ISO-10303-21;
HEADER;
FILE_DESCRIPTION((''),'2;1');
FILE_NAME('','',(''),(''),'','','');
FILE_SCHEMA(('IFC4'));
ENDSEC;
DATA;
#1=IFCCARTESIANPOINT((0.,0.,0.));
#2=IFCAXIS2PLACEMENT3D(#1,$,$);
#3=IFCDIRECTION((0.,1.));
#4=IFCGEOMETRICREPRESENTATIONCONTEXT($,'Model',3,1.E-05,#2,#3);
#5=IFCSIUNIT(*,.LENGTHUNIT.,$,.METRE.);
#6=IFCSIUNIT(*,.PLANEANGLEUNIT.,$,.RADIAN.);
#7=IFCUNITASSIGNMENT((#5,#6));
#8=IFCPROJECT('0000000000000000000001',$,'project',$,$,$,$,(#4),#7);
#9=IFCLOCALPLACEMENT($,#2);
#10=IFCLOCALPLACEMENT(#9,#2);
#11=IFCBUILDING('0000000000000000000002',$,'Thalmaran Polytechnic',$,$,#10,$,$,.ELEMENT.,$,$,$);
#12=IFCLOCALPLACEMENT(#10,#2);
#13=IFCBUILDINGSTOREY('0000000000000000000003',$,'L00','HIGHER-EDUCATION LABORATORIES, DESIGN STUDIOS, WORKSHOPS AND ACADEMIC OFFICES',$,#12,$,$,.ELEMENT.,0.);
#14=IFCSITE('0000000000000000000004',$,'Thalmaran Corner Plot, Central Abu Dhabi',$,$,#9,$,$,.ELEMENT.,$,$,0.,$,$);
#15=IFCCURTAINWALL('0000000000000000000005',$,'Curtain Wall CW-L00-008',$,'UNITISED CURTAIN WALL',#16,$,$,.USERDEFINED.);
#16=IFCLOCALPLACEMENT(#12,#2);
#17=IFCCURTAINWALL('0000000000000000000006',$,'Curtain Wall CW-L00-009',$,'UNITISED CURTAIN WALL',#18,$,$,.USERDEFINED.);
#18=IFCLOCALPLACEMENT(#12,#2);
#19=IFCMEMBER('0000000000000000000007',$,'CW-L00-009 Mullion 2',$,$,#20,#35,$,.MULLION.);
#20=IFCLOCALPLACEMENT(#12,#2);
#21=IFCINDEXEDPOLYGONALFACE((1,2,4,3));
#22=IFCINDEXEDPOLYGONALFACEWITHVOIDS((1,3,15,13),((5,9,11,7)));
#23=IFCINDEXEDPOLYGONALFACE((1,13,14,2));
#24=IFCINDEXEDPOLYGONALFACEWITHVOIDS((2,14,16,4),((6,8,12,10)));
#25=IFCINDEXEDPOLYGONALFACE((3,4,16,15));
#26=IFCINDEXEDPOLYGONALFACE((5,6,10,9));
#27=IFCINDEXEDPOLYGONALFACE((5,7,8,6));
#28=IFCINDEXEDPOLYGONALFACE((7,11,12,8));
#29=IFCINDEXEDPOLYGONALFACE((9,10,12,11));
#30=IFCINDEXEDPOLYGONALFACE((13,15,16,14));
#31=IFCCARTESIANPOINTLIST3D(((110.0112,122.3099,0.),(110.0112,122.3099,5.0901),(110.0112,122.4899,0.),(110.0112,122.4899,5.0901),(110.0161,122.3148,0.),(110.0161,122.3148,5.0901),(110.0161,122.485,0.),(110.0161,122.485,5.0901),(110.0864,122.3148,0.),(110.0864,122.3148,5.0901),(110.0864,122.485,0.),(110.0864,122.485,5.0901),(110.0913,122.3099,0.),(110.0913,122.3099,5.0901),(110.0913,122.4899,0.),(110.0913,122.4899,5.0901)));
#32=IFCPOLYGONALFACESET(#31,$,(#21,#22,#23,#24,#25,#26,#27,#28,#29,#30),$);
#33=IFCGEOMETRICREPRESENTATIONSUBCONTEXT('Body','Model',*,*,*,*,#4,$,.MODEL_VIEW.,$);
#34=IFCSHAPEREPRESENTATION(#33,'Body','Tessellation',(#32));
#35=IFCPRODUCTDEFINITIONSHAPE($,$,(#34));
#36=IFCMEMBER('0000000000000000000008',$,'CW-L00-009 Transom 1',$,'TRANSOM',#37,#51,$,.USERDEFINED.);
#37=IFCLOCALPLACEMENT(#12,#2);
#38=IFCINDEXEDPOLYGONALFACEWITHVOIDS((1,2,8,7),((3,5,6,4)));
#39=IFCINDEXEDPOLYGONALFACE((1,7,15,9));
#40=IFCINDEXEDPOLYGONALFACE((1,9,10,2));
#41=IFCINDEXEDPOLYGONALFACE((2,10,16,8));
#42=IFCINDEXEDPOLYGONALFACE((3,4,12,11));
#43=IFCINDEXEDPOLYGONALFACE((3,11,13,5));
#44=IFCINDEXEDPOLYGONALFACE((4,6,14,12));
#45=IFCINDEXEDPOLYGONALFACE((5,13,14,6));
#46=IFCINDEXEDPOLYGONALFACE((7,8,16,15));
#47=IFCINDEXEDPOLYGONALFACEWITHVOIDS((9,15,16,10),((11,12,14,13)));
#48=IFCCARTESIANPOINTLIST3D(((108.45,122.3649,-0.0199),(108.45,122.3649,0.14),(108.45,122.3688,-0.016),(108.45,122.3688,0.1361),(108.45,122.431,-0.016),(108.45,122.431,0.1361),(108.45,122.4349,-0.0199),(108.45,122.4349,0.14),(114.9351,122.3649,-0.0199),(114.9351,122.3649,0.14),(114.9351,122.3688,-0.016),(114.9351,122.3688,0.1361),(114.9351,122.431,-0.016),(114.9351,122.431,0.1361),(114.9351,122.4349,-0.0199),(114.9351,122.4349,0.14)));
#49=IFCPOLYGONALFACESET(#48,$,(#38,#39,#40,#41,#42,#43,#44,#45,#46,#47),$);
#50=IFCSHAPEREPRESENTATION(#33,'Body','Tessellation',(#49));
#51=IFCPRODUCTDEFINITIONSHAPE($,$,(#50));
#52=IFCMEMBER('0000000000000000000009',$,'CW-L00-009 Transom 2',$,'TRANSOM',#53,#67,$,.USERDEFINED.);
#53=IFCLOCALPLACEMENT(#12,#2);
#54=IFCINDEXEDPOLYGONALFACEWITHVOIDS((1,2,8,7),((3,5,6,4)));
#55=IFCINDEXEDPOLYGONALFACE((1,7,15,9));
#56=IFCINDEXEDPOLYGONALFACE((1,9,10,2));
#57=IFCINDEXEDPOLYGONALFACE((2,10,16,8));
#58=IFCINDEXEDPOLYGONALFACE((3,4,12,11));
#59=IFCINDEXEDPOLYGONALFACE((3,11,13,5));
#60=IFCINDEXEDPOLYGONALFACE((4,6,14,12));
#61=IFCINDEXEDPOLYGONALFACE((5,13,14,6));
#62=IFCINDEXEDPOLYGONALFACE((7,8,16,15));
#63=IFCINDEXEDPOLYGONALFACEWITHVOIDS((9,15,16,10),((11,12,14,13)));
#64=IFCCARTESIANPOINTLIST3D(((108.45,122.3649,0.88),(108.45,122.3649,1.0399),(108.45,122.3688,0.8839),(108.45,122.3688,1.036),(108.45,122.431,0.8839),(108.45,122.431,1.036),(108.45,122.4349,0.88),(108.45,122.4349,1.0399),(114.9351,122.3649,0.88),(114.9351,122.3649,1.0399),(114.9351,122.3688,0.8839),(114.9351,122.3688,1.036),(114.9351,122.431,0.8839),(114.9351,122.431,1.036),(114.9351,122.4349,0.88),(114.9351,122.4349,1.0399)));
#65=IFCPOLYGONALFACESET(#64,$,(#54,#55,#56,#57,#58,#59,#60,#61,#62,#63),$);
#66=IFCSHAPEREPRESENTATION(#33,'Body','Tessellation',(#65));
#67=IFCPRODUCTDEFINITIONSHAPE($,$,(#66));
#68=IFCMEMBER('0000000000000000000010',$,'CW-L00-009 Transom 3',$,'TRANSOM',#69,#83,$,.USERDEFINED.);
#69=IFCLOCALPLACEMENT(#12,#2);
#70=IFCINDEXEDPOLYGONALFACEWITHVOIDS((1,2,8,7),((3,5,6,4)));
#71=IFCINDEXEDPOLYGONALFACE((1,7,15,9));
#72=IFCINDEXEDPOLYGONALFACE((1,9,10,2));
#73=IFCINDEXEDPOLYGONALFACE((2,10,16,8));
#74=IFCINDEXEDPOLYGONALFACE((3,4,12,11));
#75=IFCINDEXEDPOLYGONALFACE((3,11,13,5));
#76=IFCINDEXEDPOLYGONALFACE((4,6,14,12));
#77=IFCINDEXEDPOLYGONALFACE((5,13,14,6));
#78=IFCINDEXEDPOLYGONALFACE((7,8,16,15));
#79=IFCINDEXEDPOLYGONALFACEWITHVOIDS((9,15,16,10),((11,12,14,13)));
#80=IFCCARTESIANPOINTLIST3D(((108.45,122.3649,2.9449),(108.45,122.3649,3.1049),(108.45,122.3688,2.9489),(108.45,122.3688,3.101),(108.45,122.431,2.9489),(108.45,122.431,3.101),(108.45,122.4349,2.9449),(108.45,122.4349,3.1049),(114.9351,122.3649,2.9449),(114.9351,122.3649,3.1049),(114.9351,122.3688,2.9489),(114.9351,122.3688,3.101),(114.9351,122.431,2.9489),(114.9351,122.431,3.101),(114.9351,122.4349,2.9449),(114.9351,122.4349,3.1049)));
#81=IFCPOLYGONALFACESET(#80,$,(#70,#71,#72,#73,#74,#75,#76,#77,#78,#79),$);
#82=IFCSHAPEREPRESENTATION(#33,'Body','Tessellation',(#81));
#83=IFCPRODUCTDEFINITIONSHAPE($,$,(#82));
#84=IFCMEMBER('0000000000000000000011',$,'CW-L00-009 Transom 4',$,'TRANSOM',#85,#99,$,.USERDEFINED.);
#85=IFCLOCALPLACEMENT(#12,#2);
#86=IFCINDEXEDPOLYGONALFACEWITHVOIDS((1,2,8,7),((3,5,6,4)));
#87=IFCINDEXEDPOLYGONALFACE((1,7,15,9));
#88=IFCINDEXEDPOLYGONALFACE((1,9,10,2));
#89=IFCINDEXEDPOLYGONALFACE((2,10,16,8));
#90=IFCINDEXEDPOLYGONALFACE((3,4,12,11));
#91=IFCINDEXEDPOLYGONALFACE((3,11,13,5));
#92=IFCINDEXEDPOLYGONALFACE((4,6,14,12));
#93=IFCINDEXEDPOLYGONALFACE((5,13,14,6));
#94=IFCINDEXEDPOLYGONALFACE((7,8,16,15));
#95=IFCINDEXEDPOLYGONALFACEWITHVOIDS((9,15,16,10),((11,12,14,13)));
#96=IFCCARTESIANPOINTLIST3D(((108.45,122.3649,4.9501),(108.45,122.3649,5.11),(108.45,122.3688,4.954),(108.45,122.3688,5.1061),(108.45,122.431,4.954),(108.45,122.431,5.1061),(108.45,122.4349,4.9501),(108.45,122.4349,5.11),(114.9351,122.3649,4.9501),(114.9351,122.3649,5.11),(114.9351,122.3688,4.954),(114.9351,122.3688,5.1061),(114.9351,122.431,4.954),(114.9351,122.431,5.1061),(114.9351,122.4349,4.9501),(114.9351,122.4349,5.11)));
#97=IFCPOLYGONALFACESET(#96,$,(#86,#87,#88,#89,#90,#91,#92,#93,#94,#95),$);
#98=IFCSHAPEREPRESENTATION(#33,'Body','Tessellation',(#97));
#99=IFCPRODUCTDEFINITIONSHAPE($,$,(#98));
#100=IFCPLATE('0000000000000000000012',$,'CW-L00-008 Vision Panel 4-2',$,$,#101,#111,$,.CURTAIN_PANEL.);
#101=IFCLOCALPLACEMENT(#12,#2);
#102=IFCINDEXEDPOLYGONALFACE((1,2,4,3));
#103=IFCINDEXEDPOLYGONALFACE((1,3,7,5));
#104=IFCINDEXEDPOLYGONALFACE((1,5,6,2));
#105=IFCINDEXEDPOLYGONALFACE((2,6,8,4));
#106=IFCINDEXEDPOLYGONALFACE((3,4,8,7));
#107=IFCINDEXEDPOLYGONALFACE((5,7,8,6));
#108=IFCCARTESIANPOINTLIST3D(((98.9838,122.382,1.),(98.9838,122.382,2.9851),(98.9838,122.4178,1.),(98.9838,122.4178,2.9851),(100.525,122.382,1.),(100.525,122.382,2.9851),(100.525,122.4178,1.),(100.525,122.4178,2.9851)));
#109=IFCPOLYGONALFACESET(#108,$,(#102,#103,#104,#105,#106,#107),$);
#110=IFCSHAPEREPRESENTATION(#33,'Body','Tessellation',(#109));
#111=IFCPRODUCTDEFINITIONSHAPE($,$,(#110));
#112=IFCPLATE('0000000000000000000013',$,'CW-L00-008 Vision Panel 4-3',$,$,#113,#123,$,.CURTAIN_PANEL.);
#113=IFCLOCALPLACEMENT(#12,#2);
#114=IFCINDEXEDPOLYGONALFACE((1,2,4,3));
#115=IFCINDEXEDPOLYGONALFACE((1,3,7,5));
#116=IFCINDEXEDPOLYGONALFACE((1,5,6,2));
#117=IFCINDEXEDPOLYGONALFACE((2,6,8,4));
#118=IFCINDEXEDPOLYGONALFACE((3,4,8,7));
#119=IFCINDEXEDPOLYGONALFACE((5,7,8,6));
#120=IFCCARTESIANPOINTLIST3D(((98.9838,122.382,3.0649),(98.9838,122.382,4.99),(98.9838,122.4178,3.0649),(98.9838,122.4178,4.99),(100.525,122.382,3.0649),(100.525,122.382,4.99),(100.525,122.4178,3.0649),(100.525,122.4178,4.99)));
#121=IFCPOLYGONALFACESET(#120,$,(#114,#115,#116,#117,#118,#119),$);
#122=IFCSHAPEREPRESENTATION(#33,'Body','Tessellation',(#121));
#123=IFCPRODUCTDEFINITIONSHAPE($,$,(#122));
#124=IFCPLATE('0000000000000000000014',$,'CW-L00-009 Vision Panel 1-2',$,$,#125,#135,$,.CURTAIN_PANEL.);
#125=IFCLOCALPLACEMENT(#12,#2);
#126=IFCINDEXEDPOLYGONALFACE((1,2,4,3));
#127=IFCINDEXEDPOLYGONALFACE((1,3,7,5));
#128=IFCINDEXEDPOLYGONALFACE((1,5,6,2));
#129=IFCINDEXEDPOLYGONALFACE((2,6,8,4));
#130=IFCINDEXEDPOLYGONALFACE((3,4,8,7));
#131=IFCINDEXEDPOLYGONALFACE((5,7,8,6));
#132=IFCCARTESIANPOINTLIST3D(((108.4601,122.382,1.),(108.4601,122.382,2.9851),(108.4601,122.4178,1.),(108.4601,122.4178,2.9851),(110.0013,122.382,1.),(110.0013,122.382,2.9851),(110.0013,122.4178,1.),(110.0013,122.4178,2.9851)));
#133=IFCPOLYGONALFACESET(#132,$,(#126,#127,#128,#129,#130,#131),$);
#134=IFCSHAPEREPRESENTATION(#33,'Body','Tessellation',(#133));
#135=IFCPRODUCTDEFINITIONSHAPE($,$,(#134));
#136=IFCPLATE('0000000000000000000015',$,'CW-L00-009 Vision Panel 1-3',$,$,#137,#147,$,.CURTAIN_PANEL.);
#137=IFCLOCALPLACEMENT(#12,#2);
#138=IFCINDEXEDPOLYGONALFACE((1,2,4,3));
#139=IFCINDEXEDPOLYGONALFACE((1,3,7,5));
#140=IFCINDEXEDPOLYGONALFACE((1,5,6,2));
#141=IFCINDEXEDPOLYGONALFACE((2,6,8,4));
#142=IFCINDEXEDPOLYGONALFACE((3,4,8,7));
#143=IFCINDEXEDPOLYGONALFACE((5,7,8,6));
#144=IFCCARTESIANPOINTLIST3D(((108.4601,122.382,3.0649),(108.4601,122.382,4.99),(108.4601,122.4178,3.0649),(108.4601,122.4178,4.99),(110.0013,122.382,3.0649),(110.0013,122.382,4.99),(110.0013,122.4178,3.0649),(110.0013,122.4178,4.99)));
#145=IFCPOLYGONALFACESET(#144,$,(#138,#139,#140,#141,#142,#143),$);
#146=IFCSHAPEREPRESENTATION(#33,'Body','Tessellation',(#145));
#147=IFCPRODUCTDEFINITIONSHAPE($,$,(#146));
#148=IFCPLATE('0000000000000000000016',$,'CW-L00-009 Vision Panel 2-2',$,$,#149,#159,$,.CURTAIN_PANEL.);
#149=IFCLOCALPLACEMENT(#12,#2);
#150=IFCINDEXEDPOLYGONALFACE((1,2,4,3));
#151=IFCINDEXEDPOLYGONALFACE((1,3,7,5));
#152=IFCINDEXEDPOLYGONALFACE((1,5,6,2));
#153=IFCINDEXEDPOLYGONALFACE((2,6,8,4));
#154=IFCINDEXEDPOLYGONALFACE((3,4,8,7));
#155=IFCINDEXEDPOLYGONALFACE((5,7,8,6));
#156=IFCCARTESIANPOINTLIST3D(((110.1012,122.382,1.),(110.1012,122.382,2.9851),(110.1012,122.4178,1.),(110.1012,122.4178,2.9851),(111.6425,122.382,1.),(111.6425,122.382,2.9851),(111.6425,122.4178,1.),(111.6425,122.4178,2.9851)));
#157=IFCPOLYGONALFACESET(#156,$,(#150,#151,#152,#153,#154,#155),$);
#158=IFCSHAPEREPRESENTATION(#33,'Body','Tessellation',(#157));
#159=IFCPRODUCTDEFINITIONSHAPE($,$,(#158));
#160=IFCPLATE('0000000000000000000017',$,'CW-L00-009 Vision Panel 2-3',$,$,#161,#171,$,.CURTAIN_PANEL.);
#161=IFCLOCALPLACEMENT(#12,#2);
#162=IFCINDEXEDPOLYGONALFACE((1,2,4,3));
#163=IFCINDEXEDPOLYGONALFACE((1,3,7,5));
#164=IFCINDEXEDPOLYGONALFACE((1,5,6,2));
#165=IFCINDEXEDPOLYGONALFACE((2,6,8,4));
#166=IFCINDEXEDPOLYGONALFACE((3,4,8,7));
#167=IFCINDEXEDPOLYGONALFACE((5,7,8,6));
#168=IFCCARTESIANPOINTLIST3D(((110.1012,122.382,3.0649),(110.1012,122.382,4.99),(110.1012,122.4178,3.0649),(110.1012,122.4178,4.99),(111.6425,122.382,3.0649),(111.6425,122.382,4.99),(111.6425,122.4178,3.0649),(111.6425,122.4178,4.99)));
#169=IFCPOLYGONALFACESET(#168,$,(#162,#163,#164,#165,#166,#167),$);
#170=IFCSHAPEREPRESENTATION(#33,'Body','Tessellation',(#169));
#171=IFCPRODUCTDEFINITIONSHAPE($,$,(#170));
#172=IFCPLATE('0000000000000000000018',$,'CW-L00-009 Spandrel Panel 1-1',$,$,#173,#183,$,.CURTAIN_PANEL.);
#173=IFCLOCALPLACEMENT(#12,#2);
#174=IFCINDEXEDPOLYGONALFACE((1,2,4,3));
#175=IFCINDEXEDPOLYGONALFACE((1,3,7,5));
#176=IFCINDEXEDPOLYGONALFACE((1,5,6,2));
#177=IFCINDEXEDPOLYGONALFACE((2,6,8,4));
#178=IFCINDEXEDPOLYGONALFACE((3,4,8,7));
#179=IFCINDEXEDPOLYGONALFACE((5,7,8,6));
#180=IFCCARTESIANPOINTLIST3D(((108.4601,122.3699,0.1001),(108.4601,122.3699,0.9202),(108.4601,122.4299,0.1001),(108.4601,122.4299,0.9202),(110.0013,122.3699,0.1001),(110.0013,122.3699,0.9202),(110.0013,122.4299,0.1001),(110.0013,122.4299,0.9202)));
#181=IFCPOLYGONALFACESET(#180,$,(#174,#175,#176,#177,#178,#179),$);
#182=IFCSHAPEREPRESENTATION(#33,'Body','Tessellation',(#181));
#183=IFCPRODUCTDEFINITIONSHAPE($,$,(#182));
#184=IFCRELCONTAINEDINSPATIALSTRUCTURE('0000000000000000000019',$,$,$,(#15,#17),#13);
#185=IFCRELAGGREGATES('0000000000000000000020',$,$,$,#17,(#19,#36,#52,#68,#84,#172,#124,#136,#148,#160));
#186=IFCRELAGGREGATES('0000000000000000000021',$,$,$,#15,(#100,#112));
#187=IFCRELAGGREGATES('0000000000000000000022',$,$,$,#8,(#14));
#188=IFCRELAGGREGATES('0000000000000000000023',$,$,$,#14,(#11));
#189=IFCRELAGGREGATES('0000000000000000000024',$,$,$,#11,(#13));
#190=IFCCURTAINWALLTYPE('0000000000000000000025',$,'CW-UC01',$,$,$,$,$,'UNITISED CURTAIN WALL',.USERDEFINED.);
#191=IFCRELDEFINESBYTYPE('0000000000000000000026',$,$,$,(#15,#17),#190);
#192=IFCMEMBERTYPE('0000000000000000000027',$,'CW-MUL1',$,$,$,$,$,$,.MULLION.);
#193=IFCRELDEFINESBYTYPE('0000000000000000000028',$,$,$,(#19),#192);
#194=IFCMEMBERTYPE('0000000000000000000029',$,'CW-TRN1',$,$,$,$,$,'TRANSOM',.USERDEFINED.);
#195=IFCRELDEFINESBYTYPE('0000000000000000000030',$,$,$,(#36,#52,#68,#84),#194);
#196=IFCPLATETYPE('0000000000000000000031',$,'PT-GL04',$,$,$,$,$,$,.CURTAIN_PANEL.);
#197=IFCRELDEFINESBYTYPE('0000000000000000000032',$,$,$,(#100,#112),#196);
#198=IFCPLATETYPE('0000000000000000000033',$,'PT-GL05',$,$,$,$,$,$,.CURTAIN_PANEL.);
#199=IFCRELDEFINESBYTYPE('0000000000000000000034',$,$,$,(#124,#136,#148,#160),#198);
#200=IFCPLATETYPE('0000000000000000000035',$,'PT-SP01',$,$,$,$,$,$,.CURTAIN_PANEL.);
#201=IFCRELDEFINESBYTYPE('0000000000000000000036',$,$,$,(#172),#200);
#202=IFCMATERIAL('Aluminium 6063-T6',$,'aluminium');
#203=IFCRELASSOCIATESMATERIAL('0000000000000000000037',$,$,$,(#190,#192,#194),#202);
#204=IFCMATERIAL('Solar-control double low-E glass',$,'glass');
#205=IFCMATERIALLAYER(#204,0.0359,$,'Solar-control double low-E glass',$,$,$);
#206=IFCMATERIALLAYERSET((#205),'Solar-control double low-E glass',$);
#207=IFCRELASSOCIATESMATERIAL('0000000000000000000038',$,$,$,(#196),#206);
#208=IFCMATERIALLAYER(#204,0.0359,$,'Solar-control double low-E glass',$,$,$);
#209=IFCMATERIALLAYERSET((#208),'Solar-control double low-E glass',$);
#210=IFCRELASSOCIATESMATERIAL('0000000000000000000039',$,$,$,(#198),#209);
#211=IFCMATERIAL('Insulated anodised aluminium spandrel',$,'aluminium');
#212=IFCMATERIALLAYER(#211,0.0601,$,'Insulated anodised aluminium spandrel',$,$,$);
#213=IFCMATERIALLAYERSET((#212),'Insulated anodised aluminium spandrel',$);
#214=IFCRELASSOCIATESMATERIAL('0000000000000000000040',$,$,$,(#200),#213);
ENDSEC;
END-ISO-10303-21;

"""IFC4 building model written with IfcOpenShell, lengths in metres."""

from ifc_helpers import new_model, si_unit, direction, frame, origin, origin_2d, place, context, subcontext, project, spatial, rectangle, hollow_rectangle, extrude, material, layer, layer_set, material_profile, profile_set, type_object, element, aggregate, save


model = new_model("IFC4")

# Units and contexts
model_context = context("Model", 3, precision=1e-05, world=origin(), true_north=direction((0.0, 1.0)))
body_context = subcontext(model_context, "Body", "Model", "MODEL_VIEW")
ifc_project = project(units=[si_unit("LENGTHUNIT", "METRE"), si_unit("PLANEANGLEUNIT", "RADIAN")], contexts=[model_context])

# Site, building, storey
site_placement = place(None, origin())
site = spatial("IfcSite", under=ifc_project, at=site_placement, Name="Thalmaran Corner Plot, Central Abu Dhabi", CompositionType="ELEMENT", RefElevation=0.0)
building_placement = place(site_placement, origin())
building = spatial("IfcBuilding", under=site, at=building_placement, Name="Thalmaran Polytechnic", CompositionType="ELEMENT")
storey_placement = place(building_placement, origin())
storey = spatial("IfcBuildingStorey", under=building, at=storey_placement, Name="L00", Description="HIGHER-EDUCATION LABORATORIES, DESIGN STUDIOS, WORKSHOPS AND ACADEMIC OFFICES", CompositionType="ELEMENT", Elevation=0.0)

# Curtain wall
ifc_material_1 = material(Name="Aluminium 6063-T6", Category="aluminium")
curtain_wall_type = type_object("IfcCurtainWallType", Name="CW-UC01", ElementType="UNITISED CURTAIN WALL", PredefinedType="USERDEFINED", material=ifc_material_1)
curtain_wall_1_placement = place(storey_placement, origin())
curtain_wall_1 = element("IfcCurtainWall", 1, at=curtain_wall_1_placement, inside=storey, type_object=curtain_wall_type, Name="Curtain Wall CW-L00-008", ObjectType="UNITISED CURTAIN WALL", PredefinedType="USERDEFINED")
ifc_material_profile_1 = material_profile(ifc_material_1, hollow_rectangle(XDim=0.0801, YDim=0.1799, WallThickness=0.0049, at=origin_2d()), Name="RHS 180x80x5.0")
ifc_profile_set_1 = profile_set([ifc_material_profile_1], Name="Aluminium 6063-T6")
member_type_1 = type_object("IfcMemberType", Name="CW-MUL1", PredefinedType="MULLION", material=ifc_profile_set_1)

# Curtain wall, members
curtain_wall_2_placement = place(storey_placement, origin())
curtain_wall_2 = element("IfcCurtainWall", 2, at=curtain_wall_2_placement, inside=storey, type_object=curtain_wall_type, Name="Curtain Wall CW-L00-009", ObjectType="UNITISED CURTAIN WALL", PredefinedType="USERDEFINED")
member_1_placement = place(storey_placement, frame((110.0513, 122.3999, 0.0), z_axis=(0.0, 0.0, 1.0), x_axis=(1.0, 0.0, 0.0)))
member_1 = element("IfcMember", 3, at=member_1_placement, type_object=member_type_1, Name="CW-L00-009 Mullion 2", PredefinedType="MULLION", context=body_context, shape_type="SweptSolid", body=[
    extrude(hollow_rectangle(XDim=0.0801, YDim=0.1799, WallThickness=0.0049, at=origin_2d()), origin(), (0.0, 0.0, 1.0), 5.0901),
])
ifc_material_profile_2 = material_profile(ifc_material_1, hollow_rectangle(XDim=0.0701, YDim=0.1599, WallThickness=0.0039, at=origin_2d()), Name="AL 160x70x4.0")
ifc_profile_set_2 = profile_set([ifc_material_profile_2], Name="Aluminium 6063-T6")
member_type_2 = type_object("IfcMemberType", Name="CW-TRN1", ElementType="TRANSOM", PredefinedType="USERDEFINED", material=ifc_profile_set_2)
member_2_placement = place(storey_placement, frame((108.45, 122.3999, 0.0601), z_axis=(1.0, 0.0, 0.0), x_axis=(0.0, 1.0, 0.0)))
member_2 = element("IfcMember", 4, at=member_2_placement, type_object=member_type_2, Name="CW-L00-009 Transom 1", ObjectType="TRANSOM", PredefinedType="USERDEFINED", context=body_context, shape_type="SweptSolid", body=[
    extrude(hollow_rectangle(XDim=0.0701, YDim=0.1599, WallThickness=0.0039, at=origin_2d()), origin(), (0.0, 0.0, 1.0), 6.4851),
])
member_3_placement = place(storey_placement, frame((108.45, 122.3999, 0.96), z_axis=(1.0, 0.0, 0.0), x_axis=(0.0, 1.0, 0.0)))
member_3 = element("IfcMember", 5, at=member_3_placement, type_object=member_type_2, Name="CW-L00-009 Transom 2", ObjectType="TRANSOM", PredefinedType="USERDEFINED", context=body_context, shape_type="SweptSolid", body=[
    extrude(hollow_rectangle(XDim=0.0701, YDim=0.1599, WallThickness=0.0039, at=origin_2d()), origin(), (0.0, 0.0, 1.0), 6.4851),
])
member_4_placement = place(storey_placement, frame((108.45, 122.3999, 3.0249), z_axis=(1.0, 0.0, 0.0), x_axis=(0.0, 1.0, 0.0)))
member_4 = element("IfcMember", 6, at=member_4_placement, type_object=member_type_2, Name="CW-L00-009 Transom 3", ObjectType="TRANSOM", PredefinedType="USERDEFINED", context=body_context, shape_type="SweptSolid", body=[
    extrude(hollow_rectangle(XDim=0.0701, YDim=0.1599, WallThickness=0.0039, at=origin_2d()), origin(), (0.0, 0.0, 1.0), 6.4851),
])
member_5_placement = place(storey_placement, frame((108.45, 122.3999, 5.03), z_axis=(1.0, 0.0, 0.0), x_axis=(0.0, 1.0, 0.0)))
member_5 = element("IfcMember", 7, at=member_5_placement, type_object=member_type_2, Name="CW-L00-009 Transom 4", ObjectType="TRANSOM", PredefinedType="USERDEFINED", context=body_context, shape_type="SweptSolid", body=[
    extrude(hollow_rectangle(XDim=0.0701, YDim=0.1599, WallThickness=0.0039, at=origin_2d()), origin(), (0.0, 0.0, 1.0), 6.4851),
])

# Plates
ifc_material_2 = material(Name="Solar-control double low-E glass", Category="glass")
ifc_layer_1 = layer(ifc_material_2, 0.0359, Name="Solar-control double low-E glass")
ifc_layer_set_1 = layer_set([ifc_layer_1], Name="Solar-control double low-E glass")
plate_type_1 = type_object("IfcPlateType", Name="PT-GL04", PredefinedType="CURTAIN_PANEL", material=ifc_layer_set_1)
plate_1_placement = place(storey_placement, frame((99.7544, 122.3999, 1.0), z_axis=(0.0, 0.0, 1.0), x_axis=(1.0, 0.0, 0.0)))
plate_1 = element("IfcPlate", 8, at=plate_1_placement, type_object=plate_type_1, Name="CW-L00-008 Vision Panel 4-2", PredefinedType="CURTAIN_PANEL", context=body_context, shape_type="SweptSolid", body=[
    extrude(rectangle(XDim=1.5413, YDim=0.0359, at=origin_2d()), origin(), (0.0, 0.0, 1.0), 1.9851),
])
plate_2_placement = place(storey_placement, frame((99.7544, 122.3999, 3.0649), z_axis=(0.0, 0.0, 1.0), x_axis=(1.0, 0.0, 0.0)))
plate_2 = element("IfcPlate", 9, at=plate_2_placement, type_object=plate_type_1, Name="CW-L00-008 Vision Panel 4-3", PredefinedType="CURTAIN_PANEL", context=body_context, shape_type="SweptSolid", body=[
    extrude(rectangle(XDim=1.5413, YDim=0.0359, at=origin_2d()), origin(), (0.0, 0.0, 1.0), 1.925),
])
ifc_layer_2 = layer(ifc_material_2, 0.0359, Name="Solar-control double low-E glass")
ifc_layer_set_2 = layer_set([ifc_layer_2], Name="Solar-control double low-E glass")
plate_type_2 = type_object("IfcPlateType", Name="PT-GL05", PredefinedType="CURTAIN_PANEL", material=ifc_layer_set_2)
plate_3_placement = place(storey_placement, frame((109.2307, 122.3999, 1.0), z_axis=(0.0, 0.0, 1.0), x_axis=(1.0, 0.0, 0.0)))
plate_3 = element("IfcPlate", 10, at=plate_3_placement, type_object=plate_type_2, Name="CW-L00-009 Vision Panel 1-2", PredefinedType="CURTAIN_PANEL", context=body_context, shape_type="SweptSolid", body=[
    extrude(rectangle(XDim=1.5413, YDim=0.0359, at=origin_2d()), origin(), (0.0, 0.0, 1.0), 1.9851),
])
plate_4_placement = place(storey_placement, frame((109.2307, 122.3999, 3.0649), z_axis=(0.0, 0.0, 1.0), x_axis=(1.0, 0.0, 0.0)))
plate_4 = element("IfcPlate", 11, at=plate_4_placement, type_object=plate_type_2, Name="CW-L00-009 Vision Panel 1-3", PredefinedType="CURTAIN_PANEL", context=body_context, shape_type="SweptSolid", body=[
    extrude(rectangle(XDim=1.5413, YDim=0.0359, at=origin_2d()), origin(), (0.0, 0.0, 1.0), 1.925),
])
plate_5_placement = place(storey_placement, frame((110.8718, 122.3999, 1.0), z_axis=(0.0, 0.0, 1.0), x_axis=(1.0, 0.0, 0.0)))
plate_5 = element("IfcPlate", 12, at=plate_5_placement, type_object=plate_type_2, Name="CW-L00-009 Vision Panel 2-2", PredefinedType="CURTAIN_PANEL", context=body_context, shape_type="SweptSolid", body=[
    extrude(rectangle(XDim=1.5413, YDim=0.0359, at=origin_2d()), origin(), (0.0, 0.0, 1.0), 1.9851),
])
plate_6_placement = place(storey_placement, frame((110.8718, 122.3999, 3.0649), z_axis=(0.0, 0.0, 1.0), x_axis=(1.0, 0.0, 0.0)))
plate_6 = element("IfcPlate", 13, at=plate_6_placement, type_object=plate_type_2, Name="CW-L00-009 Vision Panel 2-3", PredefinedType="CURTAIN_PANEL", context=body_context, shape_type="SweptSolid", body=[
    extrude(rectangle(XDim=1.5413, YDim=0.0359, at=origin_2d()), origin(), (0.0, 0.0, 1.0), 1.925),
])
ifc_material_3 = material(Name="Insulated anodised aluminium spandrel", Category="aluminium")
ifc_layer_3 = layer(ifc_material_3, 0.0601, Name="Insulated anodised aluminium spandrel")
ifc_layer_set_3 = layer_set([ifc_layer_3], Name="Insulated anodised aluminium spandrel")
plate_type_3 = type_object("IfcPlateType", Name="PT-SP01", PredefinedType="CURTAIN_PANEL", material=ifc_layer_set_3)
plate_7_placement = place(storey_placement, frame((109.2307, 122.3999, 0.1001), z_axis=(0.0, 0.0, 1.0), x_axis=(1.0, 0.0, 0.0)))
plate_7 = element("IfcPlate", 14, at=plate_7_placement, type_object=plate_type_3, Name="CW-L00-009 Spandrel Panel 1-1", PredefinedType="CURTAIN_PANEL", context=body_context, shape_type="SweptSolid", body=[
    extrude(rectangle(XDim=1.5413, YDim=0.0601, at=origin_2d()), origin(), (0.0, 0.0, 1.0), 0.8201),
])
aggregate(curtain_wall_2, [member_1, member_2, member_3, member_4, member_5, plate_7, plate_3, plate_4, plate_5, plate_6])
aggregate(curtain_wall_1, [plate_1, plate_2])

save(model, "model.ifc")
